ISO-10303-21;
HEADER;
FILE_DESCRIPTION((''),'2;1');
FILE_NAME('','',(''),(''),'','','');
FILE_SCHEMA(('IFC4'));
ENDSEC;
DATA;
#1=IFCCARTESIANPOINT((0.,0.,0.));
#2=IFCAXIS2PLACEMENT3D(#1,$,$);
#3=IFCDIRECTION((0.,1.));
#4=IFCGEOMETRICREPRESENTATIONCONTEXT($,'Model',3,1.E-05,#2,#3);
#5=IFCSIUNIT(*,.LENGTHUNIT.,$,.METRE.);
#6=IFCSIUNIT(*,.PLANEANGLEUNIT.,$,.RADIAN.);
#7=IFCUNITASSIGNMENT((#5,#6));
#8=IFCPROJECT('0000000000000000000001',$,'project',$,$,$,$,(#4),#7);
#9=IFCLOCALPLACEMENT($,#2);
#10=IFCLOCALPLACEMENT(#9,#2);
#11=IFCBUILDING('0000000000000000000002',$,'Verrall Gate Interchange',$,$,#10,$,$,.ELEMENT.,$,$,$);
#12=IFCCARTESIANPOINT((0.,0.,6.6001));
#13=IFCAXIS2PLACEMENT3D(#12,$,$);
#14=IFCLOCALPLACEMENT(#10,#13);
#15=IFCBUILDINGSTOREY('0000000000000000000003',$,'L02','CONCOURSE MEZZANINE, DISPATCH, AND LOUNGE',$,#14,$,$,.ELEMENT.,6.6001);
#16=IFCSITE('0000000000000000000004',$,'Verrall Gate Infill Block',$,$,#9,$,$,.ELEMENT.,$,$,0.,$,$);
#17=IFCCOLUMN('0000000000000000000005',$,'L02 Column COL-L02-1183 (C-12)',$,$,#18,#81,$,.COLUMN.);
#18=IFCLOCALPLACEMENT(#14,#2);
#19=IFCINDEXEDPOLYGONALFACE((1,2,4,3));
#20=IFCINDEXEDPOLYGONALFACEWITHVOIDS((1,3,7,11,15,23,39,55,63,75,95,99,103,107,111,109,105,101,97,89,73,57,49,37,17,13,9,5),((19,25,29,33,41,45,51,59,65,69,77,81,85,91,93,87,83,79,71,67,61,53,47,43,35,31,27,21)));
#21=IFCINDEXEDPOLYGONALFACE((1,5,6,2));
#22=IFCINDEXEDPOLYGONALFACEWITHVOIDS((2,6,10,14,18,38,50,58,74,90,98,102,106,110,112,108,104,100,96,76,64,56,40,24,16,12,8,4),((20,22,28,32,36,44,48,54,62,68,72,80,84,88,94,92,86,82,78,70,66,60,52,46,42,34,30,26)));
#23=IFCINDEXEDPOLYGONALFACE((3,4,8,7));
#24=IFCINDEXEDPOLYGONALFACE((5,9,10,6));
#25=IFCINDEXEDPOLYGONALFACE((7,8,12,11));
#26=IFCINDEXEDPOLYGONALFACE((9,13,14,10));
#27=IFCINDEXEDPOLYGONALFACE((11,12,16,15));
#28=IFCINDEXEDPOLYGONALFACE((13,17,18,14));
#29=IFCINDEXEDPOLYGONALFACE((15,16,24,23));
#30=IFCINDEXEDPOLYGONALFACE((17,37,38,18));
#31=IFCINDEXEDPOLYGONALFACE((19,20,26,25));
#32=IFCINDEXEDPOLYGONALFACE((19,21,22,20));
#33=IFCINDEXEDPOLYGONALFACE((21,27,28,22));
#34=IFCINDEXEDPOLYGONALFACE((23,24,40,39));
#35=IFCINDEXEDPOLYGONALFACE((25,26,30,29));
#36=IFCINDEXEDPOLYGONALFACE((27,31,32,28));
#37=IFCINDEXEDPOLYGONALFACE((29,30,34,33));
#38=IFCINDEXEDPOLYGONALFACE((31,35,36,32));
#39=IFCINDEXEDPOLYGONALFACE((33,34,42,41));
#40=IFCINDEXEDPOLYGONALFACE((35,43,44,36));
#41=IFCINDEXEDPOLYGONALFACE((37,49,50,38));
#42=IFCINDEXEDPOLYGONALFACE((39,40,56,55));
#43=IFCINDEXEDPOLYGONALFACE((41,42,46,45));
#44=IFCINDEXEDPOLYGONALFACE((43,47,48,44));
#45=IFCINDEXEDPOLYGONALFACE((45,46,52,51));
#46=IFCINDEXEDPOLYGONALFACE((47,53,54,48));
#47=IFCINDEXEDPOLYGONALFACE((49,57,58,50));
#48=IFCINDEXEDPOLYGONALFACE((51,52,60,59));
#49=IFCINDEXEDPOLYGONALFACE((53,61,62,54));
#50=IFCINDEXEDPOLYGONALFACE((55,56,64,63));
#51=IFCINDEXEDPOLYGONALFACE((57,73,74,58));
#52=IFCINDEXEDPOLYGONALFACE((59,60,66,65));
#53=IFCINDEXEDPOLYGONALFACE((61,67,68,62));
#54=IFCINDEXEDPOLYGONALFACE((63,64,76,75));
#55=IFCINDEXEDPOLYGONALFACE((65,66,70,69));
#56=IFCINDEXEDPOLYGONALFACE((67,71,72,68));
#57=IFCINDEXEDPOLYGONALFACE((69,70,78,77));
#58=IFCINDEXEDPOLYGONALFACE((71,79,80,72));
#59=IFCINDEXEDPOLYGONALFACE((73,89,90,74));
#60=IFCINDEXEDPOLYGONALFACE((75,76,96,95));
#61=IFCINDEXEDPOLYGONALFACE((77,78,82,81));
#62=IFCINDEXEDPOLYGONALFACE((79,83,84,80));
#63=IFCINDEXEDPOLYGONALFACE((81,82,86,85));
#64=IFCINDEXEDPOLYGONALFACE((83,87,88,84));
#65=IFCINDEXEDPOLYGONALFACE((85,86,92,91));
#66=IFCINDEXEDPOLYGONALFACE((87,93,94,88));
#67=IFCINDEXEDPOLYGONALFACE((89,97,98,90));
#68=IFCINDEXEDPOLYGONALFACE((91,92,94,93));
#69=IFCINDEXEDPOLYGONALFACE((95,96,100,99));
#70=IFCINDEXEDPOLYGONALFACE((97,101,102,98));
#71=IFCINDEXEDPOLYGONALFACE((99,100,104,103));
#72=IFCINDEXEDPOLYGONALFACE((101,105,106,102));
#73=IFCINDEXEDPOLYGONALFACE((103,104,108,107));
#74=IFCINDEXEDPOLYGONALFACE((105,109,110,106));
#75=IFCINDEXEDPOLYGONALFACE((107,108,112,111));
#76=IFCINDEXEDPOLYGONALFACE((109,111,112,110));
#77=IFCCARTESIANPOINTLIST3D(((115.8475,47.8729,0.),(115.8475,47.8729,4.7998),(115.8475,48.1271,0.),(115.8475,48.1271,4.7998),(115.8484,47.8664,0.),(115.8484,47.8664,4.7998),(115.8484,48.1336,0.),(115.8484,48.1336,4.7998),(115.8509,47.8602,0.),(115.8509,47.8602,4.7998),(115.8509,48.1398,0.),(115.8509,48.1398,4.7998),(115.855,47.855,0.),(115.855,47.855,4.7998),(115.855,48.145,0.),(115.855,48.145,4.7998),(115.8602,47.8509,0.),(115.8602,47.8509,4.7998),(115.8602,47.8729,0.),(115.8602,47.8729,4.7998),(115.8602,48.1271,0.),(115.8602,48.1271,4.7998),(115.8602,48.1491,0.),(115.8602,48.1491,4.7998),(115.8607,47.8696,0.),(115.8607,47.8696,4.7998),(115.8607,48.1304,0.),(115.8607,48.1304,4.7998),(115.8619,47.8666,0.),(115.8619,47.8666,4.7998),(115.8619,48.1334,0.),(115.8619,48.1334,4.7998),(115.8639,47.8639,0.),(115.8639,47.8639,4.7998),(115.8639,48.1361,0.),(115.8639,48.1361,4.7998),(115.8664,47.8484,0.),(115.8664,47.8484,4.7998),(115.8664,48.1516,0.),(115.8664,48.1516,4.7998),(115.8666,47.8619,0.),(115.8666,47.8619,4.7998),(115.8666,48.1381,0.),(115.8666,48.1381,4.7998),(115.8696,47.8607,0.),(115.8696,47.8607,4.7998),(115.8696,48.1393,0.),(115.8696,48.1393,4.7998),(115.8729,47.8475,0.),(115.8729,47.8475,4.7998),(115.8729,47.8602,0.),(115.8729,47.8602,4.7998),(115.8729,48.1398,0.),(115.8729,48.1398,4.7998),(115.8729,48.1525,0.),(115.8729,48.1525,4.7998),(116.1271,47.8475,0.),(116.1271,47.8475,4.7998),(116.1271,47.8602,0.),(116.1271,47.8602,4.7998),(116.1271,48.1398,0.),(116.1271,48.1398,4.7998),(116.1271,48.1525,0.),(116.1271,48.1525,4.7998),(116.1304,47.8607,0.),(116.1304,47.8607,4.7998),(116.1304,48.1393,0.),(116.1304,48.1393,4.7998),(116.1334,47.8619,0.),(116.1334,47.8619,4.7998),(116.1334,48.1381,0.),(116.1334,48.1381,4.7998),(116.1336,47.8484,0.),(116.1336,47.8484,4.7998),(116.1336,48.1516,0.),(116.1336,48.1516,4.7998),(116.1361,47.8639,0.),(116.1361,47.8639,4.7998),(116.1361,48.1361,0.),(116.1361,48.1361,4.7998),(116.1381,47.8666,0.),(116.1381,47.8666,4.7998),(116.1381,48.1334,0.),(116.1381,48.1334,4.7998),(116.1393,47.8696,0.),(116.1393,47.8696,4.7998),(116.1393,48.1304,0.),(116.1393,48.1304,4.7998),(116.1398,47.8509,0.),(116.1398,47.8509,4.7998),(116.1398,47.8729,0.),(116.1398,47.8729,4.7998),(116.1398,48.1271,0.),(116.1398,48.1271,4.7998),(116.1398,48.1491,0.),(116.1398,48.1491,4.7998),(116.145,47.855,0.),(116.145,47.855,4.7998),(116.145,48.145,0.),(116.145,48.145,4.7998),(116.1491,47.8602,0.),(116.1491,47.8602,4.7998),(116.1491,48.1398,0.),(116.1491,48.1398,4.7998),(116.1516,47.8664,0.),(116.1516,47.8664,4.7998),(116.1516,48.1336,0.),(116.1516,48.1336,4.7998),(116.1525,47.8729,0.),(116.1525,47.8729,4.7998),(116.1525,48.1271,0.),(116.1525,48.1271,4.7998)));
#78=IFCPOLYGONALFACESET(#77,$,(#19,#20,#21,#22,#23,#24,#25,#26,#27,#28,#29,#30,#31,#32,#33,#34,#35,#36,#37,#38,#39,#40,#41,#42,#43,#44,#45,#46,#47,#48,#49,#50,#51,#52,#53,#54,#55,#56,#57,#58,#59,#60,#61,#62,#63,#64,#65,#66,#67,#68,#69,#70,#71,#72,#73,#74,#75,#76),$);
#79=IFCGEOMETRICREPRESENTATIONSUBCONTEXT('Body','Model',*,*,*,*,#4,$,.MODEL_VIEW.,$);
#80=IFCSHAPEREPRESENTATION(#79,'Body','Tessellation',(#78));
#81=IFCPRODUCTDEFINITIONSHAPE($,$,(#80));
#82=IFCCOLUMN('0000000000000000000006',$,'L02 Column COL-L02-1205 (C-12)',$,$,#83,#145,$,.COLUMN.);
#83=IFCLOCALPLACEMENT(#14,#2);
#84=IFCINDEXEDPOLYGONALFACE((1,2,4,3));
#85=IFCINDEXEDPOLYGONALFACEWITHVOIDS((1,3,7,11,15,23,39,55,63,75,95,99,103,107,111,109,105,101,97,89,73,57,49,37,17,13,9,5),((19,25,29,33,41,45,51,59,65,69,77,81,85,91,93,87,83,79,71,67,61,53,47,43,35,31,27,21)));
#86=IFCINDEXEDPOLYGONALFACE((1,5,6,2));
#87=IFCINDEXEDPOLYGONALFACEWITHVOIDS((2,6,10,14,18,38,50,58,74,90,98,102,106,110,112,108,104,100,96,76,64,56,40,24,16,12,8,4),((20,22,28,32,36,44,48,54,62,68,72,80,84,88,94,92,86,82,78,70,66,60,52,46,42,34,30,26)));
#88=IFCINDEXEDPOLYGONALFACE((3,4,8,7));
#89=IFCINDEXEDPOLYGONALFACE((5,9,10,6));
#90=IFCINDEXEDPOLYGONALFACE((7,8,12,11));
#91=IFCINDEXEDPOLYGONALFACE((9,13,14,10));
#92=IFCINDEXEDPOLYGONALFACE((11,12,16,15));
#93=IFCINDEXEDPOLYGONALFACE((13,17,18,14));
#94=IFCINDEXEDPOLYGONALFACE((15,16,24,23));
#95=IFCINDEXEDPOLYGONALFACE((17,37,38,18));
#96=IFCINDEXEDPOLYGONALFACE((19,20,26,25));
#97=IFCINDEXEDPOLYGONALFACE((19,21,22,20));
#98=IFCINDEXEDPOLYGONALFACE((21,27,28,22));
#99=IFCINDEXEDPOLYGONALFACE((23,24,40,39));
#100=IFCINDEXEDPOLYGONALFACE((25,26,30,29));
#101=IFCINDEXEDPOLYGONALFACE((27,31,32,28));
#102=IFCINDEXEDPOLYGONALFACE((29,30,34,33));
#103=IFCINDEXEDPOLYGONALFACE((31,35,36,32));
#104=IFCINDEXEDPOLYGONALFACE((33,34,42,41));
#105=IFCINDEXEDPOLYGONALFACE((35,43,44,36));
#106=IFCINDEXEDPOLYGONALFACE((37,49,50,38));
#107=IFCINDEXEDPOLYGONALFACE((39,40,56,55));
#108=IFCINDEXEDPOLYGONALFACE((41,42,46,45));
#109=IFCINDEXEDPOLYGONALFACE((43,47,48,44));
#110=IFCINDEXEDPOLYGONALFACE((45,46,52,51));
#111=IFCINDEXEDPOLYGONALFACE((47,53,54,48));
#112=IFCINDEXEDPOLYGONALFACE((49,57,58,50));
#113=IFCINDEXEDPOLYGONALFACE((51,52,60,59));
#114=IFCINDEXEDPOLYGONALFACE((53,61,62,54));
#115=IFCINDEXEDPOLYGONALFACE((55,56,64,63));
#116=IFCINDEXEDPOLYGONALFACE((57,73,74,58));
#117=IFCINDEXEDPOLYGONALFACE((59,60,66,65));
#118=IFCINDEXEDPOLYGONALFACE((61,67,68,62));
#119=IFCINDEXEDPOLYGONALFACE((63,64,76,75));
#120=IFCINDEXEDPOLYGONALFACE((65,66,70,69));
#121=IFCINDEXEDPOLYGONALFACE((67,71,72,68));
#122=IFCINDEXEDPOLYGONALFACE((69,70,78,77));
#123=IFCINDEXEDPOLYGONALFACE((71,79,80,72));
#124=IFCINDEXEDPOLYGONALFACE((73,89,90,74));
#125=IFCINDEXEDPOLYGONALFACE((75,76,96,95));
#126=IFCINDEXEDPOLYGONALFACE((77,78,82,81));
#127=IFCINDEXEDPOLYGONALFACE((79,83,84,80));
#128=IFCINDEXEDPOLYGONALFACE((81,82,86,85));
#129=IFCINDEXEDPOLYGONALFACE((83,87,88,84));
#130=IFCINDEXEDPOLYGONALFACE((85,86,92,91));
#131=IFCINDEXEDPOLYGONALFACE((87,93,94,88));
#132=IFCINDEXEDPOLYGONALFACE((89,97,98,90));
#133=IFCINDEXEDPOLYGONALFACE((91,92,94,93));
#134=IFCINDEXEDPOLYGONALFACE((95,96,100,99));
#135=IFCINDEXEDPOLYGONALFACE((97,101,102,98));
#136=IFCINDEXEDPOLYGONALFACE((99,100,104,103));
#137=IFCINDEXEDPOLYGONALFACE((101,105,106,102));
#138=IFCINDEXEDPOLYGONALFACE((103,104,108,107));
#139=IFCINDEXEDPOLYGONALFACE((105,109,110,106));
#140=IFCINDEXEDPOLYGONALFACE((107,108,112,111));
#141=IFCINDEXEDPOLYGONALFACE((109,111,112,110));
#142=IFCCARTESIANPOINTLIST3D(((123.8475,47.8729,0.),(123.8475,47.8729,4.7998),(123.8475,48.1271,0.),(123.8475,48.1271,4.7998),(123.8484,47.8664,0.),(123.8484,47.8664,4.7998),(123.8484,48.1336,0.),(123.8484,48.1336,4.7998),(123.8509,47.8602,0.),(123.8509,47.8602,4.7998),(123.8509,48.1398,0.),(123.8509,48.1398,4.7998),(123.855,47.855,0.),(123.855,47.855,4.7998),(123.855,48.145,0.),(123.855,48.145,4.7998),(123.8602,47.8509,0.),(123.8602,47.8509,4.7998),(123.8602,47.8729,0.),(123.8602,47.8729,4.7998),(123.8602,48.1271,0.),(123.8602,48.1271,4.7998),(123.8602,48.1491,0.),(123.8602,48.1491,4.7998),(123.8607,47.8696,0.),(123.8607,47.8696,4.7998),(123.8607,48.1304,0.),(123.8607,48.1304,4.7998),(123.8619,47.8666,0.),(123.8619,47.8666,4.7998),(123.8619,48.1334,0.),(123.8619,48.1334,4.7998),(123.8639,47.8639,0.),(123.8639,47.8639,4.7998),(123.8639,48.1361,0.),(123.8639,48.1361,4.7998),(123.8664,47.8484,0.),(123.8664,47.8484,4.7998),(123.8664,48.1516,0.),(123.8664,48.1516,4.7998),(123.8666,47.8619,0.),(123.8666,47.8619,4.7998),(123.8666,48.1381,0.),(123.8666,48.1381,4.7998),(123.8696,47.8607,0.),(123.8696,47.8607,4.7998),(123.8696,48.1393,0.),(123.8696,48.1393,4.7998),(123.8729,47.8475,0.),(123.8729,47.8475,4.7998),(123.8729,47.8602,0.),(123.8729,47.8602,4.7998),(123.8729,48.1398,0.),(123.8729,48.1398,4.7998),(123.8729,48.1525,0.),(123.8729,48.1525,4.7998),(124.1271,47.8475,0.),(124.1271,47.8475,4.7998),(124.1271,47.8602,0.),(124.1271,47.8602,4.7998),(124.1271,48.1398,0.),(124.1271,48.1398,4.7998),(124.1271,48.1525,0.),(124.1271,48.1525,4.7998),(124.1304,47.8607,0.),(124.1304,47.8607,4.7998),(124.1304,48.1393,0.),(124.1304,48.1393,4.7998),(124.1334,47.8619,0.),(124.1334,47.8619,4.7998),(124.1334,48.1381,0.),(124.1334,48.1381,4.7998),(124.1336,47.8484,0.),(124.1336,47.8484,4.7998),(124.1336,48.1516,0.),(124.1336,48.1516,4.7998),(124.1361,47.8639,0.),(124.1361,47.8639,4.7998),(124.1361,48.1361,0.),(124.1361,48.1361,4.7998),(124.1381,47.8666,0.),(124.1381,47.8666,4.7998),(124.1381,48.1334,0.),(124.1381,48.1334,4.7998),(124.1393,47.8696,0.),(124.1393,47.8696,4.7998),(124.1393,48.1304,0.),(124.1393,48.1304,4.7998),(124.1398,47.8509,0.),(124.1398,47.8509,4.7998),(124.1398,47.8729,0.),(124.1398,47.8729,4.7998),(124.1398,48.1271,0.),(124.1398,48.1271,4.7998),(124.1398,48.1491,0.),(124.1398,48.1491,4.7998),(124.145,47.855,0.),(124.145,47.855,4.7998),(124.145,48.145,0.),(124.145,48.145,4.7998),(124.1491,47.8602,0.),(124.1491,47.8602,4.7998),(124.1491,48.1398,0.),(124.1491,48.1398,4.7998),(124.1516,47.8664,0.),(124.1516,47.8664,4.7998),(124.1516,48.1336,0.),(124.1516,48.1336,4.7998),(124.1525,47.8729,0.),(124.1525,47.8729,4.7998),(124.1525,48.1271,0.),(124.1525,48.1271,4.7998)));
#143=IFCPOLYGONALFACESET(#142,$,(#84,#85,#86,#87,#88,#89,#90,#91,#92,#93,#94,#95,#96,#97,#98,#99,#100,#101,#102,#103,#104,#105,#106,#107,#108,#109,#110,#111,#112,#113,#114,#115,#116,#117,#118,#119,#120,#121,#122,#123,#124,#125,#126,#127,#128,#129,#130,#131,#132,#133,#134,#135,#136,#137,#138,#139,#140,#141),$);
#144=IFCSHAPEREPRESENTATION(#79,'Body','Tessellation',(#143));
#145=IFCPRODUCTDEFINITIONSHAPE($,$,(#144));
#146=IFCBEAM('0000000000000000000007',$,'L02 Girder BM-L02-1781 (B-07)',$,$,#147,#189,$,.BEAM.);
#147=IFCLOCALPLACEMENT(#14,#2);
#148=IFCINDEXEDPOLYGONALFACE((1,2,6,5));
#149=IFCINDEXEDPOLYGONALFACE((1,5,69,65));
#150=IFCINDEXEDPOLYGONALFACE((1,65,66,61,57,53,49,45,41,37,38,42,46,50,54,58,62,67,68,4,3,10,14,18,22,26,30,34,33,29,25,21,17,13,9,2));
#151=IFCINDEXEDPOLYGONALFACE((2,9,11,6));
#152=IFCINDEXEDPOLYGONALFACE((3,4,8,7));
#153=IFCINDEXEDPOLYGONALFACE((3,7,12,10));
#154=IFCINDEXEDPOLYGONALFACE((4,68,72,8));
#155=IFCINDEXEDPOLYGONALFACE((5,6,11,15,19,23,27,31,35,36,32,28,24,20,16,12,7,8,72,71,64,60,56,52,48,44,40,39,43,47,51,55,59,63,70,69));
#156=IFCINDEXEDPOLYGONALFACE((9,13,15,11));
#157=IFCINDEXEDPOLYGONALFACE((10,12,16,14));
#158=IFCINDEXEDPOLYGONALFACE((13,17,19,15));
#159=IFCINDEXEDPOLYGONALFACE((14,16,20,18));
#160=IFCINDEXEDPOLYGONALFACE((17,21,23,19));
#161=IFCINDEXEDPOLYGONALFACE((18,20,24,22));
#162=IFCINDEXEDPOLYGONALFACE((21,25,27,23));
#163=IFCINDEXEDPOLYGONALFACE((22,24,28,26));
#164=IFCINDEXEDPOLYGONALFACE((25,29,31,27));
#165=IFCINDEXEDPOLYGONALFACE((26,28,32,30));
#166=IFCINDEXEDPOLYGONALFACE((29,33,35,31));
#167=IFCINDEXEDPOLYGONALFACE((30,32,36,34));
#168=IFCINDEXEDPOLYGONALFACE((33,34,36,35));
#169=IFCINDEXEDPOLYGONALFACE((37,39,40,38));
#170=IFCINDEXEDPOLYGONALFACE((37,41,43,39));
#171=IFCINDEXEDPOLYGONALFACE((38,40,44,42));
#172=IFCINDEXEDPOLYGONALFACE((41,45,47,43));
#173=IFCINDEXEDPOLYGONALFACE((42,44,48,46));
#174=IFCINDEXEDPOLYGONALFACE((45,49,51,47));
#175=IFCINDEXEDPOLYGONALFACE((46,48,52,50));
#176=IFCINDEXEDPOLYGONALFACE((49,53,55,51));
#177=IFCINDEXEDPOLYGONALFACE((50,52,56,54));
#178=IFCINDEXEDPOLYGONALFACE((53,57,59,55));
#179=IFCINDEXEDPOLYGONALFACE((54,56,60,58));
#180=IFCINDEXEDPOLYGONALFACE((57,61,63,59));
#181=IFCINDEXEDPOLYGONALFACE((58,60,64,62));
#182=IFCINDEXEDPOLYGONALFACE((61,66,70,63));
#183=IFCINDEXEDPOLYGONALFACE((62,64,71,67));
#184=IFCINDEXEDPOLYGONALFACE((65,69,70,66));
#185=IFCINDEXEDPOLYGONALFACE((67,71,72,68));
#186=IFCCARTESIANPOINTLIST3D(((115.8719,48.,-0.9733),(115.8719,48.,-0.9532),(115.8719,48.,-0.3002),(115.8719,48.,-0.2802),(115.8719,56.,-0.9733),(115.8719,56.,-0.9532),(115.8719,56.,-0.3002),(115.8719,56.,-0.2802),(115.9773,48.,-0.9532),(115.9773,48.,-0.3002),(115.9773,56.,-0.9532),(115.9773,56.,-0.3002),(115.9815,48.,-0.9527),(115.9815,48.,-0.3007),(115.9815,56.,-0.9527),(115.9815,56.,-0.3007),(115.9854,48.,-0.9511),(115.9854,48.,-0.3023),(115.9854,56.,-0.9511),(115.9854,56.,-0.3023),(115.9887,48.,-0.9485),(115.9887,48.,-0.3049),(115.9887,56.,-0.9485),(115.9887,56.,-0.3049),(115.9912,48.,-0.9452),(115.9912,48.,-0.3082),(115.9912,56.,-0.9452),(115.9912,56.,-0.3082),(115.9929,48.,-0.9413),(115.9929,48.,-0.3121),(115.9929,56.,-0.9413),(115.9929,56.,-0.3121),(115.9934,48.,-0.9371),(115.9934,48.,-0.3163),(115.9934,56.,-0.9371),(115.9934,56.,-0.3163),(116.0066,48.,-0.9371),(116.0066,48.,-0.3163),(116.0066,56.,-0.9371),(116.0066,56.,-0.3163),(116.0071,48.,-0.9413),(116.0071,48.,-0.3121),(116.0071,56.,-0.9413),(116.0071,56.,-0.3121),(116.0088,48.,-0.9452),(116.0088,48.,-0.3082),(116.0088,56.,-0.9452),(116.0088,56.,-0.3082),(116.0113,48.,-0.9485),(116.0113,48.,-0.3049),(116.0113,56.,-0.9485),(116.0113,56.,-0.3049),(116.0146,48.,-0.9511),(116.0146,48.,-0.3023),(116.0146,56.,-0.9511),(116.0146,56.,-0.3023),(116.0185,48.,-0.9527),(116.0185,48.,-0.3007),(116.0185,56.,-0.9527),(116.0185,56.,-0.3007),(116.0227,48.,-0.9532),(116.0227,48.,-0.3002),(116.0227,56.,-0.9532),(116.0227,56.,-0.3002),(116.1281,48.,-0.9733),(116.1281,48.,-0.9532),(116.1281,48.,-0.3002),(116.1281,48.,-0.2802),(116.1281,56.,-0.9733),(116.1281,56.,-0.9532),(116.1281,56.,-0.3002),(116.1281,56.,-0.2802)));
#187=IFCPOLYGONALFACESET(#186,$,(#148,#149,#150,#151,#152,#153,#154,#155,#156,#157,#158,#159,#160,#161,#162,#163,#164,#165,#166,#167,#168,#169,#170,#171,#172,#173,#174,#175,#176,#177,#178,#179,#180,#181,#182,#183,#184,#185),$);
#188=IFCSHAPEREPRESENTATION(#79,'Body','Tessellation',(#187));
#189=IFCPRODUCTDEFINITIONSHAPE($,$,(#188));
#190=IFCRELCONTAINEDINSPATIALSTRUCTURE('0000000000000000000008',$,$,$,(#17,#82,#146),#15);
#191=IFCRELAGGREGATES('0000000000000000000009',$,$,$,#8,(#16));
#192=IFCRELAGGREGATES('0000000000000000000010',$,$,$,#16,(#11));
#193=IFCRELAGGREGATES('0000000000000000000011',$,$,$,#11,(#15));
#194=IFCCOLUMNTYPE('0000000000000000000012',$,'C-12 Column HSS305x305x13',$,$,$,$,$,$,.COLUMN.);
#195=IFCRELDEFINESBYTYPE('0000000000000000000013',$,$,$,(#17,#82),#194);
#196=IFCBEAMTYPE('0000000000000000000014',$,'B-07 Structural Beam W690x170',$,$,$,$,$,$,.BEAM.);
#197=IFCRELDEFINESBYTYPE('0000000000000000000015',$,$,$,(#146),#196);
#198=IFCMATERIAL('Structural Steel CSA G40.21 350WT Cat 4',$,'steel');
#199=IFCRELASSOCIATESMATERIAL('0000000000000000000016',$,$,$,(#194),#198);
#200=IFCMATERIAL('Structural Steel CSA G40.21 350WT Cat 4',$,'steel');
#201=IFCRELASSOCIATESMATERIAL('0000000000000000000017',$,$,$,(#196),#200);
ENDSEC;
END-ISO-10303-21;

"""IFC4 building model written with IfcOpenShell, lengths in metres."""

from ifc_helpers import new_model, si_unit, direction, frame, origin, origin_2d, place, context, subcontext, project, spatial, hollow_rectangle, i_section, extrude, material, material_profile, profile_set, type_object, element, save


model = new_model("IFC4")

# Units and contexts
model_context = context("Model", 3, precision=1e-05, world=origin(), true_north=direction((0.0, 1.0)))
body_context = subcontext(model_context, "Body", "Model", "MODEL_VIEW")
ifc_project = project(units=[si_unit("LENGTHUNIT", "METRE"), si_unit("PLANEANGLEUNIT", "RADIAN")], contexts=[model_context])

# Site, building, storey
site_placement = place(None, origin())
site = spatial("IfcSite", under=ifc_project, at=site_placement, Name="Verrall Gate Infill Block", CompositionType="ELEMENT", RefElevation=0.0)
building_placement = place(site_placement, origin())
building = spatial("IfcBuilding", under=site, at=building_placement, Name="Verrall Gate Interchange", CompositionType="ELEMENT")
storey_placement = place(building_placement, frame((0.0, 0.0, 6.6001)))
storey = spatial("IfcBuildingStorey", under=building, at=storey_placement, Name="L02", Description="CONCOURSE MEZZANINE, DISPATCH, AND LOUNGE", CompositionType="ELEMENT", Elevation=6.6001)

# Columns
ifc_material_1 = material(Name="Structural Steel CSA G40.21 350WT Cat 4", Category="steel")
ifc_material_profile_1 = material_profile(ifc_material_1, hollow_rectangle(XDim=0.3049, YDim=0.3049, WallThickness=0.0127, InnerFilletRadius=0.0127, OuterFilletRadius=0.0254, at=origin_2d()), Name="HSS305x305x13")
ifc_profile_set_1 = profile_set([ifc_material_profile_1], Name="Structural Steel CSA G40.21 350WT Cat 4")
column_type = type_object("IfcColumnType", Name="C-12 Column HSS305x305x13", PredefinedType="COLUMN", material=ifc_profile_set_1)
for number, where, z_axis, x_axis, name in (
    (1, (116.0, 48.0, 0.0), (0.0, 0.0, 1.0), (1.0, 0.0, 0.0), "L02 Column COL-L02-1183 (C-12)"),
    (2, (124.0, 48.0, 0.0), (0.0, 0.0, 1.0), (1.0, 0.0, 0.0), "L02 Column COL-L02-1205 (C-12)"),
):
    element("IfcColumn", number, at=place(storey_placement, frame(where, z_axis=z_axis, x_axis=x_axis)), inside=storey, type_object=column_type, Name=name, PredefinedType="COLUMN", context=body_context, shape_type="SweptSolid", body=[
        extrude(hollow_rectangle(XDim=0.3049, YDim=0.3049, WallThickness=0.0127, InnerFilletRadius=0.0127, OuterFilletRadius=0.0254, at=origin_2d()), origin(), (0.0, 0.0, 1.0), 4.7998),
    ])

# Beam
ifc_material_2 = material(Name="Structural Steel CSA G40.21 350WT Cat 4", Category="steel")
ifc_material_profile_2 = material_profile(ifc_material_2, i_section(OverallWidth=0.2561, OverallDepth=0.6931, WebThickness=0.0132, FlangeThickness=0.02, FilletRadius=0.0161, at=origin_2d()), Name="W690x170")
ifc_profile_set_2 = profile_set([ifc_material_profile_2], Name="Structural Steel CSA G40.21 350WT Cat 4")
beam_type_1 = type_object("IfcBeamType", Name="B-07 Structural Beam W690x170", PredefinedType="BEAM", material=ifc_profile_set_2)
for number, where, z_axis, x_axis, name in (
    (3, (116.0, 48.0, -0.6267), (0.0, 1.0, 0.0), (-1.0, 0.0, 0.0), "L02 Girder BM-L02-1781 (B-07)"),
):
    element("IfcBeam", number, at=place(storey_placement, frame(where, z_axis=z_axis, x_axis=x_axis)), inside=storey, type_object=beam_type_1, Name=name, PredefinedType="BEAM", context=body_context, shape_type="SweptSolid", body=[
        extrude(i_section(OverallWidth=0.2561, OverallDepth=0.6931, WebThickness=0.0132, FlangeThickness=0.02, FilletRadius=0.0161, at=origin_2d()), origin(), (0.0, 0.0, 1.0), 8.0),
    ])

save(model, "model.ifc")
